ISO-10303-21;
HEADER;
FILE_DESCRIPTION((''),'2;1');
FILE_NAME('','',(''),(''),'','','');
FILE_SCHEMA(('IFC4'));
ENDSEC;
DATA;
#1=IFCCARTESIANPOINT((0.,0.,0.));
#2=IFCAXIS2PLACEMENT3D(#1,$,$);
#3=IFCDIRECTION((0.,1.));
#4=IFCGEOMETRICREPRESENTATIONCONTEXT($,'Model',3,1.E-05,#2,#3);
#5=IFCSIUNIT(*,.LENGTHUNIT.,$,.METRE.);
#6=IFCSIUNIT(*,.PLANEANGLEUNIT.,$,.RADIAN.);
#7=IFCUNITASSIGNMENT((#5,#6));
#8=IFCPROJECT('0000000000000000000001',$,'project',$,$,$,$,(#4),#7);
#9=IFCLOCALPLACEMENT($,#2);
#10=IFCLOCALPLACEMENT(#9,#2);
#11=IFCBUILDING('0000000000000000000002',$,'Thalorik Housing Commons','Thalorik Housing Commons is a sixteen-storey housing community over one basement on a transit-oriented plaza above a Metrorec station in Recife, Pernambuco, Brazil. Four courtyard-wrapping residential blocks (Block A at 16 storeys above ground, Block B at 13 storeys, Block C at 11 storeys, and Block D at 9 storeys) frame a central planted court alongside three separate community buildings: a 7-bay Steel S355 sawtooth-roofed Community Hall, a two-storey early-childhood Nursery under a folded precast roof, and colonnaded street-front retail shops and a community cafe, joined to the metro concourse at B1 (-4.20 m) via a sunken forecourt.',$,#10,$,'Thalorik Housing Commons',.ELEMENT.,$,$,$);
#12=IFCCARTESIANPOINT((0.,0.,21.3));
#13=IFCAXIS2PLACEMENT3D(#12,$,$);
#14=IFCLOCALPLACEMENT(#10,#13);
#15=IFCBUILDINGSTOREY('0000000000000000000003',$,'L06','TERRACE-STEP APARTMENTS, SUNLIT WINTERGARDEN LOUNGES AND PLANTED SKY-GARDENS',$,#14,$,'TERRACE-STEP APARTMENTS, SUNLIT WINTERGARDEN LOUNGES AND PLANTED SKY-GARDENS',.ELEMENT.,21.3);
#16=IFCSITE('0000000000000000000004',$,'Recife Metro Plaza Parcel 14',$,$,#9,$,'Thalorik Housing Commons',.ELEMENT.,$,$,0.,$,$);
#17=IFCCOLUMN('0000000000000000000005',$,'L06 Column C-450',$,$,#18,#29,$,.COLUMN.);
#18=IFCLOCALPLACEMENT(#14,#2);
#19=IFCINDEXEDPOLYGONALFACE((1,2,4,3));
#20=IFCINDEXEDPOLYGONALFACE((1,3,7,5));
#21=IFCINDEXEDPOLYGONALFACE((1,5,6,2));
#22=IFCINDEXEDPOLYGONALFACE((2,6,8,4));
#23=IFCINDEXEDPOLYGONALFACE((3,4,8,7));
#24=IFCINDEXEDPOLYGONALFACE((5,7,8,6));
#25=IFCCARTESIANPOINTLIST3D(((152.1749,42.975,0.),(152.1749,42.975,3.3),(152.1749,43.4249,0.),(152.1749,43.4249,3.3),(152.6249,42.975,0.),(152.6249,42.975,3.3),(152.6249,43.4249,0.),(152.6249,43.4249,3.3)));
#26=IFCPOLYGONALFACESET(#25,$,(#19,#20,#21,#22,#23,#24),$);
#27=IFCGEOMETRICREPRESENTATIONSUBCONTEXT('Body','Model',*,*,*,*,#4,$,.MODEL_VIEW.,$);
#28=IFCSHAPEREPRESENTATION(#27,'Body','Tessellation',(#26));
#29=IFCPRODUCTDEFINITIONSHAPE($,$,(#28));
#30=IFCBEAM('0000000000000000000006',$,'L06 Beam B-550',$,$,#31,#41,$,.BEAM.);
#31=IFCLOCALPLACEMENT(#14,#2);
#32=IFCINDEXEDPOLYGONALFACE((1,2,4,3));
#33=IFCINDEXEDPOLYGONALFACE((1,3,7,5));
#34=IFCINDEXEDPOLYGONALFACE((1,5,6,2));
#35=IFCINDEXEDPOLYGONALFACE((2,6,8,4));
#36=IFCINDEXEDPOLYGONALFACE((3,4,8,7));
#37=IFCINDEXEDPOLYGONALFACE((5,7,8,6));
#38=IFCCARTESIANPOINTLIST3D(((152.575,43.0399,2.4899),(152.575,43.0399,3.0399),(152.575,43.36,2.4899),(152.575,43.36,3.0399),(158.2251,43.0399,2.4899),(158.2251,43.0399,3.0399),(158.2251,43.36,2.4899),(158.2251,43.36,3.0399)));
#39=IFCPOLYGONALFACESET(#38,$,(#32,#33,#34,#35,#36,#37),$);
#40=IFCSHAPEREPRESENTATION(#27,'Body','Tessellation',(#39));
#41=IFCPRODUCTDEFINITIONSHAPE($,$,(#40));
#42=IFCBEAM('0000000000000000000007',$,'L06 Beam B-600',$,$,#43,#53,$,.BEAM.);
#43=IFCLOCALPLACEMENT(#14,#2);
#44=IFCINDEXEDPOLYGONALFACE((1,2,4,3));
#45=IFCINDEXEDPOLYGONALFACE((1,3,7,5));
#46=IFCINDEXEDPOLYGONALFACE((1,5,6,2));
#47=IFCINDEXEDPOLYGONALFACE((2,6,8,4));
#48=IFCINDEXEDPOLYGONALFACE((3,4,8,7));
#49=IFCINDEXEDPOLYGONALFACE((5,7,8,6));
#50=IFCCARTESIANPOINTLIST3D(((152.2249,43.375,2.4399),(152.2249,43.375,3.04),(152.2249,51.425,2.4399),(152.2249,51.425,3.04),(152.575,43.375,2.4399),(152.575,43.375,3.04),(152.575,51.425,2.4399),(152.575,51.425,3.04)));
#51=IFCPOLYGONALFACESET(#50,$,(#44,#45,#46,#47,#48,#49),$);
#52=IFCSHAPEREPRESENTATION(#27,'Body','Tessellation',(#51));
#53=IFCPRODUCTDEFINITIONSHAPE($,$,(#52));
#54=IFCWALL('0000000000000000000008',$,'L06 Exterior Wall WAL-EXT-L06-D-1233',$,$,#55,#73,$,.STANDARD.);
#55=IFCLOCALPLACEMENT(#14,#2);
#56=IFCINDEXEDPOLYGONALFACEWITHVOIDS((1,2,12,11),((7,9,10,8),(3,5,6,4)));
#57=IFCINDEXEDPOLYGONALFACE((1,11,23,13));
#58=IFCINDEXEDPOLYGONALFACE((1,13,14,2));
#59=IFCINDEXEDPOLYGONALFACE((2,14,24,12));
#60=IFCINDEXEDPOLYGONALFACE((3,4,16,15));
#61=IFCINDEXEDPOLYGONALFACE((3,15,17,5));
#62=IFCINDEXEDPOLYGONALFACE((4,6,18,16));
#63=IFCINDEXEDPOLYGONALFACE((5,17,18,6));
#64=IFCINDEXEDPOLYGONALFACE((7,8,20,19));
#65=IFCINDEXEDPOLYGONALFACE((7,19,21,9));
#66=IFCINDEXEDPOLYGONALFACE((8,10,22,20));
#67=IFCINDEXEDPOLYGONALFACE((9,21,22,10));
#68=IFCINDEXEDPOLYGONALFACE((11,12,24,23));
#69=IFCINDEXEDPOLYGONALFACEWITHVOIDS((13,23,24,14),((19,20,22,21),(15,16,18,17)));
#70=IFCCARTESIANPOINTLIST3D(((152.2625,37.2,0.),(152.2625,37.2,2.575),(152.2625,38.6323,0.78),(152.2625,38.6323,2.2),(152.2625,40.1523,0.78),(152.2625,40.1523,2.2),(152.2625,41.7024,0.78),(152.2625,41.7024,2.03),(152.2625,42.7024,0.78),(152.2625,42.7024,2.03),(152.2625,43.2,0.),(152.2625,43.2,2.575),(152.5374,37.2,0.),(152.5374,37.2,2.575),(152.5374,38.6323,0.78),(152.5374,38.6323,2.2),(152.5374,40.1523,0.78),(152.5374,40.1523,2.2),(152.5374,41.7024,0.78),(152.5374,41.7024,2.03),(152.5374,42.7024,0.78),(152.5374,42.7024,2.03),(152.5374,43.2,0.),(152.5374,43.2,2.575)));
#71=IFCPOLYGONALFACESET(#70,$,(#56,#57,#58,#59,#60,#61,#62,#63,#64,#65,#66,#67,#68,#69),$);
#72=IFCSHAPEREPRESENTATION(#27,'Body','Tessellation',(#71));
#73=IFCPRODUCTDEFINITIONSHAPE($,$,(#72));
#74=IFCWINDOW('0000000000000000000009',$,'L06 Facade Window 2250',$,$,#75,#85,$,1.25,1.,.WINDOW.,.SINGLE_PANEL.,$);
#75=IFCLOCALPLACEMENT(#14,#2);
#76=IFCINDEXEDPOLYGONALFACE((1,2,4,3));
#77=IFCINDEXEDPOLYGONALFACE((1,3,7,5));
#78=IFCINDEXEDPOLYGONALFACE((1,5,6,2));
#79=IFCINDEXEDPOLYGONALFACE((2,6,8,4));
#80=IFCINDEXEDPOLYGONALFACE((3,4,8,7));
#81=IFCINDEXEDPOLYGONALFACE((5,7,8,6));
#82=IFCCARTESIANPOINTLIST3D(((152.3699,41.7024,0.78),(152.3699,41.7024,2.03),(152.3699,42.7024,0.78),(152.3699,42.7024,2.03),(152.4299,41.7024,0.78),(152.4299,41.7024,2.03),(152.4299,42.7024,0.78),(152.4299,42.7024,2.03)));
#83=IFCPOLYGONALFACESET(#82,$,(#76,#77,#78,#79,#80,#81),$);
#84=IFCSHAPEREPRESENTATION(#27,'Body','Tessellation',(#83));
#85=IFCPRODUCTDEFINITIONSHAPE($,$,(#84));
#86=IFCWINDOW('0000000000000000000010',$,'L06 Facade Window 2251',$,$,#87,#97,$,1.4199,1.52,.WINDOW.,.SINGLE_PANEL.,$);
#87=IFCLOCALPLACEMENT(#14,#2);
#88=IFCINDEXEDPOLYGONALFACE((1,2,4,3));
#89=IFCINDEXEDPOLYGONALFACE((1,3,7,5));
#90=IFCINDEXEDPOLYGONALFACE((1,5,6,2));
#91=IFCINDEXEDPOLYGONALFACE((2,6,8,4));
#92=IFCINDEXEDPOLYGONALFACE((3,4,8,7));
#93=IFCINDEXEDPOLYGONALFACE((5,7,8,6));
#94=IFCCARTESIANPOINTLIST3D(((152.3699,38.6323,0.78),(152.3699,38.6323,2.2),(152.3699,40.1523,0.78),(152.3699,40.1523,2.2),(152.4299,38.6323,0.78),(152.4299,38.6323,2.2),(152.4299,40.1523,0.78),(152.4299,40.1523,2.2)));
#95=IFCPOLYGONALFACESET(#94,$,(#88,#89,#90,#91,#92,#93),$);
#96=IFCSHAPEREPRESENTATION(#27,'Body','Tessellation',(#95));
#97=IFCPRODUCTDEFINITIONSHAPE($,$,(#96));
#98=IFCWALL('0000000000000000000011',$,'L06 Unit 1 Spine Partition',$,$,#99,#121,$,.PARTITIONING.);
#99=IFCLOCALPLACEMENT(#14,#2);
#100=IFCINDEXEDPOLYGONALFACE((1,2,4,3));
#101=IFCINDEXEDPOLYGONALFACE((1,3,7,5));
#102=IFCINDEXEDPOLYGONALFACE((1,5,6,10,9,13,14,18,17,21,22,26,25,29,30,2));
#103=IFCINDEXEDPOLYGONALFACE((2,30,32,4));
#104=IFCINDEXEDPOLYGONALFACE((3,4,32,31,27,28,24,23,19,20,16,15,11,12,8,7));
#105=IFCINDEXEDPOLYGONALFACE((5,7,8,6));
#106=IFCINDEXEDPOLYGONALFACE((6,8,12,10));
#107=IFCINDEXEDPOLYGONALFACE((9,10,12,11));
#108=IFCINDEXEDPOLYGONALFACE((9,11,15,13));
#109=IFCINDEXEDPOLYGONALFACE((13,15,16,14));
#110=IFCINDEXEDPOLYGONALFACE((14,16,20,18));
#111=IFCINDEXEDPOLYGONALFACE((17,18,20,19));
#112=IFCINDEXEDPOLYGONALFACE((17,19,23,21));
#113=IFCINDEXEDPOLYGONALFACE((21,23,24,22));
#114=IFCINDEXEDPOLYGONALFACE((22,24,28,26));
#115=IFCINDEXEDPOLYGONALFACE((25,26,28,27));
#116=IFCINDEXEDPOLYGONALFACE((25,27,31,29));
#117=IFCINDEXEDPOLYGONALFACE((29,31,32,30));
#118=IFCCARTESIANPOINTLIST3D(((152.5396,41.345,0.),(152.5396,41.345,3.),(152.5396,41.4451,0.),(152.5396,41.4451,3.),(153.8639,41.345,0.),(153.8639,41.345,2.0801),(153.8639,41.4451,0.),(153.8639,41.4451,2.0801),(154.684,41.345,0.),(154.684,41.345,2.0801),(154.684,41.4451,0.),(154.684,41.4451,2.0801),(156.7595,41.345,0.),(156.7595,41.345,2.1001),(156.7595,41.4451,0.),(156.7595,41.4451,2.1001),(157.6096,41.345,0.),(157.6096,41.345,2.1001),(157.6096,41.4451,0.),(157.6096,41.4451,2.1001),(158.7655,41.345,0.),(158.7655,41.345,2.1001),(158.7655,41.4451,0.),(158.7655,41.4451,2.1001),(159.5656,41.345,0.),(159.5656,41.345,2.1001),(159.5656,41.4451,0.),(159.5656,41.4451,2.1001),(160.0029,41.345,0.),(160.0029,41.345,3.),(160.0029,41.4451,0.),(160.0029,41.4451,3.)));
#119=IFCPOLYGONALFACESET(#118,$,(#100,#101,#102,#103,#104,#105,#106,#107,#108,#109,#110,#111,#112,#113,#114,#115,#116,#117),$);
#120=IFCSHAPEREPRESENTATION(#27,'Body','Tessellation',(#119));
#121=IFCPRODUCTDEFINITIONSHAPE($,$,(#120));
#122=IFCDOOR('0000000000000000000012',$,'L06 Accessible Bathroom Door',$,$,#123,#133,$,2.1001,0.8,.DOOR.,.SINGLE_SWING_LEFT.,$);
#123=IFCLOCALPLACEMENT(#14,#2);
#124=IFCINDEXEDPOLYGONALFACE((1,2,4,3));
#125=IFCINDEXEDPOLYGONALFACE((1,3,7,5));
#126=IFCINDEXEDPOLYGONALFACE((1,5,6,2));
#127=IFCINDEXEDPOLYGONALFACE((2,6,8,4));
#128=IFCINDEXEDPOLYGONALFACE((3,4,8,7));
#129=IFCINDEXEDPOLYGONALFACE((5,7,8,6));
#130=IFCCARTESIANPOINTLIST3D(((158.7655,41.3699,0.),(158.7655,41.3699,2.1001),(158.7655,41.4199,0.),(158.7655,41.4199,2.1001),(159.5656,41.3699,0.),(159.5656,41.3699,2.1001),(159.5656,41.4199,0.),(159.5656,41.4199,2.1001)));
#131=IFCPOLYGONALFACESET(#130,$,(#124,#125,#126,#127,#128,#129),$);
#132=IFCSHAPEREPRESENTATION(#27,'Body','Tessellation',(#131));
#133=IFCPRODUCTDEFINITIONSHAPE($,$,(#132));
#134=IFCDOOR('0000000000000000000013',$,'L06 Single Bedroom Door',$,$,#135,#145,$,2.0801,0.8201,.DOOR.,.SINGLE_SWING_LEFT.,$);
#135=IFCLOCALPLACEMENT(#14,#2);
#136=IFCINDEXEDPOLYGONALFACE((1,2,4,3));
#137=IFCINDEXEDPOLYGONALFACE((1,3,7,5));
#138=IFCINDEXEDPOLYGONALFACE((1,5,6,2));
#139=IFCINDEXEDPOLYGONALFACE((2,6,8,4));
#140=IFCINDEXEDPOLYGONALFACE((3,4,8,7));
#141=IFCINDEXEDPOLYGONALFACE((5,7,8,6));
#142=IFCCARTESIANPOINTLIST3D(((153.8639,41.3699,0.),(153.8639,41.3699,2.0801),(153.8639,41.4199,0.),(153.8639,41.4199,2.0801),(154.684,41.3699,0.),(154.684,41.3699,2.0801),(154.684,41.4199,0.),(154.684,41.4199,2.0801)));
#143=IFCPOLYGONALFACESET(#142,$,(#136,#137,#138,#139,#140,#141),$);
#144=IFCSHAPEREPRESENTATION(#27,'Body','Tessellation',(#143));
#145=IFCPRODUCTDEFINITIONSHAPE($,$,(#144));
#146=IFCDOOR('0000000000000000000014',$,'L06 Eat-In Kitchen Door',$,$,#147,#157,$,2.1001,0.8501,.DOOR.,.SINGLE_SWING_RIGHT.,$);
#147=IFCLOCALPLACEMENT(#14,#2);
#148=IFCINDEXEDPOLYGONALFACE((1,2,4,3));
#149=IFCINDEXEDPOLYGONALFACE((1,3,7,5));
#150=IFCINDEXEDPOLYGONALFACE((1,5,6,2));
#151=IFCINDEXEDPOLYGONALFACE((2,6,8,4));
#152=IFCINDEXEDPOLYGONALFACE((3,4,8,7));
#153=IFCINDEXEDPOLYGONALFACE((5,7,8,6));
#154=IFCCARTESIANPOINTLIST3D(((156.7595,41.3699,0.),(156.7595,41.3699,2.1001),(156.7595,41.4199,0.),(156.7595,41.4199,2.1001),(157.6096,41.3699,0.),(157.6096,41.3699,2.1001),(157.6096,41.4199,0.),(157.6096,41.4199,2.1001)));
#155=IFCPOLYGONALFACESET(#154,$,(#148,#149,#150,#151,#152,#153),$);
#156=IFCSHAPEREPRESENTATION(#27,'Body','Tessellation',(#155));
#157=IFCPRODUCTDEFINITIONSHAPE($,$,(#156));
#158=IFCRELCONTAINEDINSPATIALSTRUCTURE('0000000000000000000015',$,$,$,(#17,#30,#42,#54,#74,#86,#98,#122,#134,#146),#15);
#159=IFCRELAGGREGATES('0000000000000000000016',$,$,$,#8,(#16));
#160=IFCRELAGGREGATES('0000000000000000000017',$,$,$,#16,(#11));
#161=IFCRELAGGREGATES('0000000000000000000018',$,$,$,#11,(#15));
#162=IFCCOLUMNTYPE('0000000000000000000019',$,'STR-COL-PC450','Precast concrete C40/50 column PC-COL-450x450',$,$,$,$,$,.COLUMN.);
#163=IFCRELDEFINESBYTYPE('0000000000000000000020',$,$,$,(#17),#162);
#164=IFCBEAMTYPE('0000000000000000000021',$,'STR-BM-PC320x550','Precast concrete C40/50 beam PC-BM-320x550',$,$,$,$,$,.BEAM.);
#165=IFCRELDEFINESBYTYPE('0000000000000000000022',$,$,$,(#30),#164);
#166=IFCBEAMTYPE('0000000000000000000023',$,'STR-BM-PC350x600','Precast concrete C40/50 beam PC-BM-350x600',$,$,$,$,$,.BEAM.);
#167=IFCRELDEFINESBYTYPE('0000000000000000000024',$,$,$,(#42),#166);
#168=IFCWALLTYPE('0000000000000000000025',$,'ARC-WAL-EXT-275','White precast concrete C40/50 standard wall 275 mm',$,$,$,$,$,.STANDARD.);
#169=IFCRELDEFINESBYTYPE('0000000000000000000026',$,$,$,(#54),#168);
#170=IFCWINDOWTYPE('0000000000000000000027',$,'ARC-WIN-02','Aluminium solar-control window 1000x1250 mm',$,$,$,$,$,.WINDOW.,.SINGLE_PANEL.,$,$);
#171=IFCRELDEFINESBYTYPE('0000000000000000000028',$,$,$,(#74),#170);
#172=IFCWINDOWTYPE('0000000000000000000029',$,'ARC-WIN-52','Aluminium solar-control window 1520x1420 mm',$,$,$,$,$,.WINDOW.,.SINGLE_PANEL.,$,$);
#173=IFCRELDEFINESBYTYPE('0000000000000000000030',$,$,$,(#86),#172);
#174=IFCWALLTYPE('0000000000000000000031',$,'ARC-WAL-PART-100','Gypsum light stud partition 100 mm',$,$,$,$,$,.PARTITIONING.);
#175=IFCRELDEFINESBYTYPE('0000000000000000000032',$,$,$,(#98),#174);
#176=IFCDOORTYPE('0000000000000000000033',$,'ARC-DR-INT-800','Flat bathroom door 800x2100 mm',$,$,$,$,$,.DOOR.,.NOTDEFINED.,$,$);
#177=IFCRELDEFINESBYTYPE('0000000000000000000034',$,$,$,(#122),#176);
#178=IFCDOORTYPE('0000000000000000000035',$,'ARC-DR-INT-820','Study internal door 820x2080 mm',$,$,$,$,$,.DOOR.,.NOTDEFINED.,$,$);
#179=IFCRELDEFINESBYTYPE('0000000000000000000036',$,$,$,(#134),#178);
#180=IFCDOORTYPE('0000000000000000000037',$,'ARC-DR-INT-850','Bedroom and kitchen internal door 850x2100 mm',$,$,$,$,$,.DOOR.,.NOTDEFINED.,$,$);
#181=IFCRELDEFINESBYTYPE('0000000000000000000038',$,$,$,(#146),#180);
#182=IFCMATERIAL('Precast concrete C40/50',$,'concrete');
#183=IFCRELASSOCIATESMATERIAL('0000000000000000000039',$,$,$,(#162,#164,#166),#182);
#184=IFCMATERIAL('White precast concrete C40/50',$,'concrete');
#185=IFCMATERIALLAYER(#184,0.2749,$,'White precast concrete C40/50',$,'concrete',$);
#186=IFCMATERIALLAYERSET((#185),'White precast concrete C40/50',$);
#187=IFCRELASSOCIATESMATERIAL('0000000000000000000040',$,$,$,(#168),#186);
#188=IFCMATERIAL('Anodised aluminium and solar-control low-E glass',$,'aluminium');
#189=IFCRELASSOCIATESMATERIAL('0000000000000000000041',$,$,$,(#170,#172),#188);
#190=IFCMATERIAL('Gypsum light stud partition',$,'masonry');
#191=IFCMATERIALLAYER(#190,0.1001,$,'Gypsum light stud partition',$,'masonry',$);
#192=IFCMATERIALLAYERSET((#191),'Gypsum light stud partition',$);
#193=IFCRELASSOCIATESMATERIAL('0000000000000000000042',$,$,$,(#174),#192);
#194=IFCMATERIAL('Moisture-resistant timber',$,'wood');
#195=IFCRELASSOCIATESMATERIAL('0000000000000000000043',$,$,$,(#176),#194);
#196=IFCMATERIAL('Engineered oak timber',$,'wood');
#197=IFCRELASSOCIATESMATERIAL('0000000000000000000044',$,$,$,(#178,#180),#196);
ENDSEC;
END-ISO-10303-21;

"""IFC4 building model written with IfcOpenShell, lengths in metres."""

from ifc_helpers import new_model, si_unit, direction, frame, frame_2d, origin, origin_2d, place, context, subcontext, project, spatial, rectangle, extrude, material, layer, layer_set, material_profile, profile_set, type_object, element, fill, save


model = new_model("IFC4")

# Units and contexts
model_context = context("Model", 3, precision=1e-05, world=origin(), true_north=direction((0.0, 1.0)))
body_context = subcontext(model_context, "Body", "Model", "MODEL_VIEW")
ifc_project = project(units=[si_unit("LENGTHUNIT", "METRE"), si_unit("PLANEANGLEUNIT", "RADIAN")], contexts=[model_context])

# Site, building, storey
site_placement = place(None, origin())
site = spatial("IfcSite", under=ifc_project, at=site_placement, Name="Recife Metro Plaza Parcel 14", LongName="Thalorik Housing Commons", CompositionType="ELEMENT", RefElevation=0.0)
building_placement = place(site_placement, origin())
building = spatial("IfcBuilding", under=site, at=building_placement, Name="Thalorik Housing Commons", Description="Thalorik Housing Commons is a sixteen-storey housing community over one basement on a transit-oriented plaza above a Metrorec station in Recife, Pernambuco, Brazil. Four courtyard-wrapping residential blocks (Block A at 16 storeys above ground, Block B at 13 storeys, Block C at 11 storeys, and Block D at 9 storeys) frame a central planted court alongside three separate community buildings: a 7-bay Steel S355 sawtooth-roofed Community Hall, a two-storey early-childhood Nursery under a folded precast roof, and colonnaded street-front retail shops and a community cafe, joined to the metro concourse at B1 (-4.20 m) via a sunken forecourt.", LongName="Thalorik Housing Commons", CompositionType="ELEMENT")
storey_placement = place(building_placement, frame((0.0, 0.0, 21.3)))
storey = spatial("IfcBuildingStorey", under=building, at=storey_placement, Name="L06", Description="TERRACE-STEP APARTMENTS, SUNLIT WINTERGARDEN LOUNGES AND PLANTED SKY-GARDENS", LongName="TERRACE-STEP APARTMENTS, SUNLIT WINTERGARDEN LOUNGES AND PLANTED SKY-GARDENS", CompositionType="ELEMENT", Elevation=21.3)

# Column
ifc_material_1 = material(Name="Precast concrete C40/50", Category="concrete")
ifc_material_profile_1 = material_profile(ifc_material_1, rectangle(XDim=0.45, YDim=0.45, at=origin_2d()), Name="PC 450x450", Category="concrete")
ifc_profile_set_1 = profile_set([ifc_material_profile_1], Name="Precast concrete C40/50")
column_type = type_object("IfcColumnType", Name="STR-COL-PC450", Description="Precast concrete C40/50 column PC-COL-450x450", PredefinedType="COLUMN", material=ifc_profile_set_1)
column_placement = place(storey_placement, frame((152.3999, 43.2, 0.0), z_axis=(0.0, 0.0, 1.0), x_axis=(1.0, 0.0, 0.0)))
element("IfcColumn", 1, at=column_placement, inside=storey, type_object=column_type, Name="L06 Column C-450", PredefinedType="COLUMN", context=body_context, shape_type="SweptSolid", body=[
    extrude(rectangle(XDim=0.45, YDim=0.45, at=origin_2d()), origin(), (0.0, 0.0, 1.0), 3.3),
])

# Beams
ifc_material_profile_2 = material_profile(ifc_material_1, rectangle(XDim=0.3201, YDim=0.55, at=origin_2d()), Name="PC 320x550", Category="concrete")
ifc_profile_set_2 = profile_set([ifc_material_profile_2], Name="Precast concrete C40/50")
beam_type_1 = type_object("IfcBeamType", Name="STR-BM-PC320x550", Description="Precast concrete C40/50 beam PC-BM-320x550", PredefinedType="BEAM", material=ifc_profile_set_2)
beam_1_placement = place(storey_placement, frame((152.575, 43.2, 2.7649), z_axis=(1.0, 0.0, 0.0), x_axis=(0.0, 1.0, 0.0)))
element("IfcBeam", 2, at=beam_1_placement, inside=storey, type_object=beam_type_1, Name="L06 Beam B-550", PredefinedType="BEAM", context=body_context, shape_type="SweptSolid", body=[
    extrude(rectangle(XDim=0.3201, YDim=0.55, at=origin_2d()), origin(), (0.0, 0.0, 1.0), 5.6501),
])
ifc_material_profile_3 = material_profile(ifc_material_1, rectangle(XDim=0.3501, YDim=0.6001, at=origin_2d()), Name="PC 350x600", Category="concrete")
ifc_profile_set_3 = profile_set([ifc_material_profile_3], Name="Precast concrete C40/50")
beam_type_2 = type_object("IfcBeamType", Name="STR-BM-PC350x600", Description="Precast concrete C40/50 beam PC-BM-350x600", PredefinedType="BEAM", material=ifc_profile_set_3)
beam_2_placement = place(storey_placement, frame((152.3999, 43.375, 2.74), z_axis=(0.0, 1.0, 0.0), x_axis=(-1.0, 0.0, 0.0)))
element("IfcBeam", 3, at=beam_2_placement, inside=storey, type_object=beam_type_2, Name="L06 Beam B-600", PredefinedType="BEAM", context=body_context, shape_type="SweptSolid", body=[
    extrude(rectangle(XDim=0.3501, YDim=0.6001, at=origin_2d()), origin(), (0.0, 0.0, 1.0), 8.05),
])

# Wall, openings, windows
ifc_material_2 = material(Name="White precast concrete C40/50", Category="concrete")
ifc_layer_1 = layer(ifc_material_2, 0.2749, Name="White precast concrete C40/50", Category="concrete")
ifc_layer_set_1 = layer_set([ifc_layer_1], Name="White precast concrete C40/50")
wall_type_1 = type_object("IfcWallType", Name="ARC-WAL-EXT-275", Description="White precast concrete C40/50 standard wall 275 mm", PredefinedType="STANDARD", material=ifc_layer_set_1)
wall_1_placement = place(storey_placement, frame((152.3999, 43.2, 0.0), z_axis=(0.0, 0.0, 1.0), x_axis=(0.0, -1.0, 0.0)))
wall_1 = element("IfcWall", 4, at=wall_1_placement, inside=storey, type_object=wall_type_1, Name="L06 Exterior Wall WAL-EXT-L06-D-1233", PredefinedType="STANDARD", context=body_context, shape_type="SweptSolid", body=[
    extrude(rectangle(XDim=6.0, YDim=0.2749, at=frame_2d((3.0, 0.0))), origin(), (0.0, 0.0, 1.0), 2.575),
])
opening_1_placement = place(wall_1_placement, frame((0.4976, 0.0, 0.78)))
opening_1 = element("IfcOpeningElement", 5, at=opening_1_placement, cuts=wall_1, PredefinedType="OPENING", context=body_context, shape_type="SweptSolid", body=[
    extrude(rectangle(XDim=1.0, YDim=1.25, at=frame_2d((0.5, 0.625))), frame((0.0, 0.1475, 0.0), z_axis=(0.0, -1.0, 0.0), x_axis=(1.0, 0.0, 0.0)), (0.0, 0.0, 1.0), 0.2949),
])
opening_2_placement = place(wall_1_placement, frame((3.0476, 0.0, 0.78)))
opening_2 = element("IfcOpeningElement", 6, at=opening_2_placement, cuts=wall_1, PredefinedType="OPENING", context=body_context, shape_type="SweptSolid", body=[
    extrude(rectangle(XDim=1.52, YDim=1.4199, at=frame_2d((0.76, 0.71))), frame((0.0, 0.1475, 0.0), z_axis=(0.0, -1.0, 0.0), x_axis=(1.0, 0.0, 0.0)), (0.0, 0.0, 1.0), 0.2949),
])
ifc_material_3 = material(Name="Anodised aluminium and solar-control low-E glass", Category="aluminium")
window_type_1 = type_object("IfcWindowType", Name="ARC-WIN-02", Description="Aluminium solar-control window 1000x1250 mm", PartitioningType="SINGLE_PANEL", PredefinedType="WINDOW", material=ifc_material_3)
window_1_placement = place(opening_1_placement, origin())
window_1 = element("IfcWindow", 7, at=window_1_placement, inside=storey, type_object=window_type_1, Name="L06 Facade Window 2250", OverallHeight=1.25, OverallWidth=1.0, PartitioningType="SINGLE_PANEL", PredefinedType="WINDOW", context=body_context, shape_type="SweptSolid", body=[
    extrude(rectangle(XDim=1.0, YDim=1.25, at=frame_2d((0.5, 0.625))), frame((0.0, 0.03, 0.0), z_axis=(0.0, -1.0, 0.0), x_axis=(1.0, 0.0, 0.0)), (0.0, 0.0, 1.0), 0.0601),
])
fill(opening_1, window_1)
window_type_2 = type_object("IfcWindowType", Name="ARC-WIN-52", Description="Aluminium solar-control window 1520x1420 mm", PartitioningType="SINGLE_PANEL", PredefinedType="WINDOW", material=ifc_material_3)
window_2_placement = place(opening_2_placement, origin())
window_2 = element("IfcWindow", 8, at=window_2_placement, inside=storey, type_object=window_type_2, Name="L06 Facade Window 2251", OverallHeight=1.4199, OverallWidth=1.52, PartitioningType="SINGLE_PANEL", PredefinedType="WINDOW", context=body_context, shape_type="SweptSolid", body=[
    extrude(rectangle(XDim=1.52, YDim=1.4199, at=frame_2d((0.76, 0.71))), frame((0.0, 0.03, 0.0), z_axis=(0.0, -1.0, 0.0), x_axis=(1.0, 0.0, 0.0)), (0.0, 0.0, 1.0), 0.0601),
])
fill(opening_2, window_2)

# Wall, openings, doors
ifc_material_4 = material(Name="Gypsum light stud partition", Category="masonry")
ifc_layer_2 = layer(ifc_material_4, 0.1001, Name="Gypsum light stud partition", Category="masonry")
ifc_layer_set_2 = layer_set([ifc_layer_2], Name="Gypsum light stud partition")
wall_type_2 = type_object("IfcWallType", Name="ARC-WAL-PART-100", Description="Gypsum light stud partition 100 mm", PredefinedType="PARTITIONING", material=ifc_layer_set_2)
wall_2_placement = place(storey_placement, frame((152.5396, 41.395, 0.0), z_axis=(0.0, 0.0, 1.0), x_axis=(1.0, 0.0, 0.0)))
wall_2 = element("IfcWall", 9, at=wall_2_placement, inside=storey, type_object=wall_type_2, Name="L06 Unit 1 Spine Partition", PredefinedType="PARTITIONING", context=body_context, shape_type="SweptSolid", body=[
    extrude(rectangle(XDim=7.4634, YDim=0.1001, at=frame_2d((3.7317, 0.0))), origin(), (0.0, 0.0, 1.0), 3.0),
])
opening_3_placement = place(wall_2_placement, frame((1.3242, 0.0, 0.0)))
opening_3 = element("IfcOpeningElement", 10, at=opening_3_placement, cuts=wall_2, PredefinedType="OPENING", context=body_context, shape_type="SweptSolid", body=[
    extrude(rectangle(XDim=0.8201, YDim=2.0801, at=frame_2d((0.4102, 1.04))), frame((0.0, 0.0601, 0.0), z_axis=(0.0, -1.0, 0.0), x_axis=(1.0, 0.0, 0.0)), (0.0, 0.0, 1.0), 0.1201),
])
opening_4_placement = place(wall_2_placement, frame((4.22, 0.0, 0.0)))
opening_4 = element("IfcOpeningElement", 11, at=opening_4_placement, cuts=wall_2, PredefinedType="OPENING", context=body_context, shape_type="SweptSolid", body=[
    extrude(rectangle(XDim=0.8501, YDim=2.1001, at=frame_2d((0.425, 1.05))), frame((0.0, 0.0601, 0.0), z_axis=(0.0, -1.0, 0.0), x_axis=(1.0, 0.0, 0.0)), (0.0, 0.0, 1.0), 0.1201),
])
opening_5_placement = place(wall_2_placement, frame((6.2261, 0.0, 0.0)))
opening_5 = element("IfcOpeningElement", 12, at=opening_5_placement, cuts=wall_2, PredefinedType="OPENING", context=body_context, shape_type="SweptSolid", body=[
    extrude(rectangle(XDim=0.8, YDim=2.1001, at=frame_2d((0.3999, 1.05))), frame((0.0, 0.0601, 0.0), z_axis=(0.0, -1.0, 0.0), x_axis=(1.0, 0.0, 0.0)), (0.0, 0.0, 1.0), 0.1201),
])
ifc_material_5 = material(Name="Moisture-resistant timber", Category="wood")
door_type_1 = type_object("IfcDoorType", Name="ARC-DR-INT-800", Description="Flat bathroom door 800x2100 mm", OperationType="NOTDEFINED", PredefinedType="DOOR", material=ifc_material_5)
door_1_placement = place(opening_5_placement, origin())
door_1 = element("IfcDoor", 13, at=door_1_placement, inside=storey, type_object=door_type_1, Name="L06 Accessible Bathroom Door", OperationType="SINGLE_SWING_LEFT", OverallHeight=2.1001, OverallWidth=0.8, PredefinedType="DOOR", context=body_context, shape_type="SweptSolid", body=[
    extrude(rectangle(XDim=0.8, YDim=2.1001, at=frame_2d((0.3999, 1.05))), frame((0.0, 0.0249, 0.0), z_axis=(0.0, -1.0, 0.0), x_axis=(1.0, 0.0, 0.0)), (0.0, 0.0, 1.0), 0.05),
])
fill(opening_5, door_1)
ifc_material_6 = material(Name="Engineered oak timber", Category="wood")
door_type_2 = type_object("IfcDoorType", Name="ARC-DR-INT-820", Description="Study internal door 820x2080 mm", OperationType="NOTDEFINED", PredefinedType="DOOR", material=ifc_material_6)
door_2_placement = place(opening_3_placement, origin())
door_2 = element("IfcDoor", 14, at=door_2_placement, inside=storey, type_object=door_type_2, Name="L06 Single Bedroom Door", OperationType="SINGLE_SWING_LEFT", OverallHeight=2.0801, OverallWidth=0.8201, PredefinedType="DOOR", context=body_context, shape_type="SweptSolid", body=[
    extrude(rectangle(XDim=0.8201, YDim=2.0801, at=frame_2d((0.4102, 1.04))), frame((0.0, 0.0249, 0.0), z_axis=(0.0, -1.0, 0.0), x_axis=(1.0, 0.0, 0.0)), (0.0, 0.0, 1.0), 0.05),
])
fill(opening_3, door_2)
door_type_3 = type_object("IfcDoorType", Name="ARC-DR-INT-850", Description="Bedroom and kitchen internal door 850x2100 mm", OperationType="NOTDEFINED", PredefinedType="DOOR", material=ifc_material_6)
door_3_placement = place(opening_4_placement, origin())
door_3 = element("IfcDoor", 15, at=door_3_placement, inside=storey, type_object=door_type_3, Name="L06 Eat-In Kitchen Door", OperationType="SINGLE_SWING_RIGHT", OverallHeight=2.1001, OverallWidth=0.8501, PredefinedType="DOOR", context=body_context, shape_type="SweptSolid", body=[
    extrude(rectangle(XDim=0.8501, YDim=2.1001, at=frame_2d((0.425, 1.05))), frame((0.0, 0.0249, 0.0), z_axis=(0.0, -1.0, 0.0), x_axis=(1.0, 0.0, 0.0)), (0.0, 0.0, 1.0), 0.05),
])
fill(opening_4, door_3)

save(model, "model.ifc")
